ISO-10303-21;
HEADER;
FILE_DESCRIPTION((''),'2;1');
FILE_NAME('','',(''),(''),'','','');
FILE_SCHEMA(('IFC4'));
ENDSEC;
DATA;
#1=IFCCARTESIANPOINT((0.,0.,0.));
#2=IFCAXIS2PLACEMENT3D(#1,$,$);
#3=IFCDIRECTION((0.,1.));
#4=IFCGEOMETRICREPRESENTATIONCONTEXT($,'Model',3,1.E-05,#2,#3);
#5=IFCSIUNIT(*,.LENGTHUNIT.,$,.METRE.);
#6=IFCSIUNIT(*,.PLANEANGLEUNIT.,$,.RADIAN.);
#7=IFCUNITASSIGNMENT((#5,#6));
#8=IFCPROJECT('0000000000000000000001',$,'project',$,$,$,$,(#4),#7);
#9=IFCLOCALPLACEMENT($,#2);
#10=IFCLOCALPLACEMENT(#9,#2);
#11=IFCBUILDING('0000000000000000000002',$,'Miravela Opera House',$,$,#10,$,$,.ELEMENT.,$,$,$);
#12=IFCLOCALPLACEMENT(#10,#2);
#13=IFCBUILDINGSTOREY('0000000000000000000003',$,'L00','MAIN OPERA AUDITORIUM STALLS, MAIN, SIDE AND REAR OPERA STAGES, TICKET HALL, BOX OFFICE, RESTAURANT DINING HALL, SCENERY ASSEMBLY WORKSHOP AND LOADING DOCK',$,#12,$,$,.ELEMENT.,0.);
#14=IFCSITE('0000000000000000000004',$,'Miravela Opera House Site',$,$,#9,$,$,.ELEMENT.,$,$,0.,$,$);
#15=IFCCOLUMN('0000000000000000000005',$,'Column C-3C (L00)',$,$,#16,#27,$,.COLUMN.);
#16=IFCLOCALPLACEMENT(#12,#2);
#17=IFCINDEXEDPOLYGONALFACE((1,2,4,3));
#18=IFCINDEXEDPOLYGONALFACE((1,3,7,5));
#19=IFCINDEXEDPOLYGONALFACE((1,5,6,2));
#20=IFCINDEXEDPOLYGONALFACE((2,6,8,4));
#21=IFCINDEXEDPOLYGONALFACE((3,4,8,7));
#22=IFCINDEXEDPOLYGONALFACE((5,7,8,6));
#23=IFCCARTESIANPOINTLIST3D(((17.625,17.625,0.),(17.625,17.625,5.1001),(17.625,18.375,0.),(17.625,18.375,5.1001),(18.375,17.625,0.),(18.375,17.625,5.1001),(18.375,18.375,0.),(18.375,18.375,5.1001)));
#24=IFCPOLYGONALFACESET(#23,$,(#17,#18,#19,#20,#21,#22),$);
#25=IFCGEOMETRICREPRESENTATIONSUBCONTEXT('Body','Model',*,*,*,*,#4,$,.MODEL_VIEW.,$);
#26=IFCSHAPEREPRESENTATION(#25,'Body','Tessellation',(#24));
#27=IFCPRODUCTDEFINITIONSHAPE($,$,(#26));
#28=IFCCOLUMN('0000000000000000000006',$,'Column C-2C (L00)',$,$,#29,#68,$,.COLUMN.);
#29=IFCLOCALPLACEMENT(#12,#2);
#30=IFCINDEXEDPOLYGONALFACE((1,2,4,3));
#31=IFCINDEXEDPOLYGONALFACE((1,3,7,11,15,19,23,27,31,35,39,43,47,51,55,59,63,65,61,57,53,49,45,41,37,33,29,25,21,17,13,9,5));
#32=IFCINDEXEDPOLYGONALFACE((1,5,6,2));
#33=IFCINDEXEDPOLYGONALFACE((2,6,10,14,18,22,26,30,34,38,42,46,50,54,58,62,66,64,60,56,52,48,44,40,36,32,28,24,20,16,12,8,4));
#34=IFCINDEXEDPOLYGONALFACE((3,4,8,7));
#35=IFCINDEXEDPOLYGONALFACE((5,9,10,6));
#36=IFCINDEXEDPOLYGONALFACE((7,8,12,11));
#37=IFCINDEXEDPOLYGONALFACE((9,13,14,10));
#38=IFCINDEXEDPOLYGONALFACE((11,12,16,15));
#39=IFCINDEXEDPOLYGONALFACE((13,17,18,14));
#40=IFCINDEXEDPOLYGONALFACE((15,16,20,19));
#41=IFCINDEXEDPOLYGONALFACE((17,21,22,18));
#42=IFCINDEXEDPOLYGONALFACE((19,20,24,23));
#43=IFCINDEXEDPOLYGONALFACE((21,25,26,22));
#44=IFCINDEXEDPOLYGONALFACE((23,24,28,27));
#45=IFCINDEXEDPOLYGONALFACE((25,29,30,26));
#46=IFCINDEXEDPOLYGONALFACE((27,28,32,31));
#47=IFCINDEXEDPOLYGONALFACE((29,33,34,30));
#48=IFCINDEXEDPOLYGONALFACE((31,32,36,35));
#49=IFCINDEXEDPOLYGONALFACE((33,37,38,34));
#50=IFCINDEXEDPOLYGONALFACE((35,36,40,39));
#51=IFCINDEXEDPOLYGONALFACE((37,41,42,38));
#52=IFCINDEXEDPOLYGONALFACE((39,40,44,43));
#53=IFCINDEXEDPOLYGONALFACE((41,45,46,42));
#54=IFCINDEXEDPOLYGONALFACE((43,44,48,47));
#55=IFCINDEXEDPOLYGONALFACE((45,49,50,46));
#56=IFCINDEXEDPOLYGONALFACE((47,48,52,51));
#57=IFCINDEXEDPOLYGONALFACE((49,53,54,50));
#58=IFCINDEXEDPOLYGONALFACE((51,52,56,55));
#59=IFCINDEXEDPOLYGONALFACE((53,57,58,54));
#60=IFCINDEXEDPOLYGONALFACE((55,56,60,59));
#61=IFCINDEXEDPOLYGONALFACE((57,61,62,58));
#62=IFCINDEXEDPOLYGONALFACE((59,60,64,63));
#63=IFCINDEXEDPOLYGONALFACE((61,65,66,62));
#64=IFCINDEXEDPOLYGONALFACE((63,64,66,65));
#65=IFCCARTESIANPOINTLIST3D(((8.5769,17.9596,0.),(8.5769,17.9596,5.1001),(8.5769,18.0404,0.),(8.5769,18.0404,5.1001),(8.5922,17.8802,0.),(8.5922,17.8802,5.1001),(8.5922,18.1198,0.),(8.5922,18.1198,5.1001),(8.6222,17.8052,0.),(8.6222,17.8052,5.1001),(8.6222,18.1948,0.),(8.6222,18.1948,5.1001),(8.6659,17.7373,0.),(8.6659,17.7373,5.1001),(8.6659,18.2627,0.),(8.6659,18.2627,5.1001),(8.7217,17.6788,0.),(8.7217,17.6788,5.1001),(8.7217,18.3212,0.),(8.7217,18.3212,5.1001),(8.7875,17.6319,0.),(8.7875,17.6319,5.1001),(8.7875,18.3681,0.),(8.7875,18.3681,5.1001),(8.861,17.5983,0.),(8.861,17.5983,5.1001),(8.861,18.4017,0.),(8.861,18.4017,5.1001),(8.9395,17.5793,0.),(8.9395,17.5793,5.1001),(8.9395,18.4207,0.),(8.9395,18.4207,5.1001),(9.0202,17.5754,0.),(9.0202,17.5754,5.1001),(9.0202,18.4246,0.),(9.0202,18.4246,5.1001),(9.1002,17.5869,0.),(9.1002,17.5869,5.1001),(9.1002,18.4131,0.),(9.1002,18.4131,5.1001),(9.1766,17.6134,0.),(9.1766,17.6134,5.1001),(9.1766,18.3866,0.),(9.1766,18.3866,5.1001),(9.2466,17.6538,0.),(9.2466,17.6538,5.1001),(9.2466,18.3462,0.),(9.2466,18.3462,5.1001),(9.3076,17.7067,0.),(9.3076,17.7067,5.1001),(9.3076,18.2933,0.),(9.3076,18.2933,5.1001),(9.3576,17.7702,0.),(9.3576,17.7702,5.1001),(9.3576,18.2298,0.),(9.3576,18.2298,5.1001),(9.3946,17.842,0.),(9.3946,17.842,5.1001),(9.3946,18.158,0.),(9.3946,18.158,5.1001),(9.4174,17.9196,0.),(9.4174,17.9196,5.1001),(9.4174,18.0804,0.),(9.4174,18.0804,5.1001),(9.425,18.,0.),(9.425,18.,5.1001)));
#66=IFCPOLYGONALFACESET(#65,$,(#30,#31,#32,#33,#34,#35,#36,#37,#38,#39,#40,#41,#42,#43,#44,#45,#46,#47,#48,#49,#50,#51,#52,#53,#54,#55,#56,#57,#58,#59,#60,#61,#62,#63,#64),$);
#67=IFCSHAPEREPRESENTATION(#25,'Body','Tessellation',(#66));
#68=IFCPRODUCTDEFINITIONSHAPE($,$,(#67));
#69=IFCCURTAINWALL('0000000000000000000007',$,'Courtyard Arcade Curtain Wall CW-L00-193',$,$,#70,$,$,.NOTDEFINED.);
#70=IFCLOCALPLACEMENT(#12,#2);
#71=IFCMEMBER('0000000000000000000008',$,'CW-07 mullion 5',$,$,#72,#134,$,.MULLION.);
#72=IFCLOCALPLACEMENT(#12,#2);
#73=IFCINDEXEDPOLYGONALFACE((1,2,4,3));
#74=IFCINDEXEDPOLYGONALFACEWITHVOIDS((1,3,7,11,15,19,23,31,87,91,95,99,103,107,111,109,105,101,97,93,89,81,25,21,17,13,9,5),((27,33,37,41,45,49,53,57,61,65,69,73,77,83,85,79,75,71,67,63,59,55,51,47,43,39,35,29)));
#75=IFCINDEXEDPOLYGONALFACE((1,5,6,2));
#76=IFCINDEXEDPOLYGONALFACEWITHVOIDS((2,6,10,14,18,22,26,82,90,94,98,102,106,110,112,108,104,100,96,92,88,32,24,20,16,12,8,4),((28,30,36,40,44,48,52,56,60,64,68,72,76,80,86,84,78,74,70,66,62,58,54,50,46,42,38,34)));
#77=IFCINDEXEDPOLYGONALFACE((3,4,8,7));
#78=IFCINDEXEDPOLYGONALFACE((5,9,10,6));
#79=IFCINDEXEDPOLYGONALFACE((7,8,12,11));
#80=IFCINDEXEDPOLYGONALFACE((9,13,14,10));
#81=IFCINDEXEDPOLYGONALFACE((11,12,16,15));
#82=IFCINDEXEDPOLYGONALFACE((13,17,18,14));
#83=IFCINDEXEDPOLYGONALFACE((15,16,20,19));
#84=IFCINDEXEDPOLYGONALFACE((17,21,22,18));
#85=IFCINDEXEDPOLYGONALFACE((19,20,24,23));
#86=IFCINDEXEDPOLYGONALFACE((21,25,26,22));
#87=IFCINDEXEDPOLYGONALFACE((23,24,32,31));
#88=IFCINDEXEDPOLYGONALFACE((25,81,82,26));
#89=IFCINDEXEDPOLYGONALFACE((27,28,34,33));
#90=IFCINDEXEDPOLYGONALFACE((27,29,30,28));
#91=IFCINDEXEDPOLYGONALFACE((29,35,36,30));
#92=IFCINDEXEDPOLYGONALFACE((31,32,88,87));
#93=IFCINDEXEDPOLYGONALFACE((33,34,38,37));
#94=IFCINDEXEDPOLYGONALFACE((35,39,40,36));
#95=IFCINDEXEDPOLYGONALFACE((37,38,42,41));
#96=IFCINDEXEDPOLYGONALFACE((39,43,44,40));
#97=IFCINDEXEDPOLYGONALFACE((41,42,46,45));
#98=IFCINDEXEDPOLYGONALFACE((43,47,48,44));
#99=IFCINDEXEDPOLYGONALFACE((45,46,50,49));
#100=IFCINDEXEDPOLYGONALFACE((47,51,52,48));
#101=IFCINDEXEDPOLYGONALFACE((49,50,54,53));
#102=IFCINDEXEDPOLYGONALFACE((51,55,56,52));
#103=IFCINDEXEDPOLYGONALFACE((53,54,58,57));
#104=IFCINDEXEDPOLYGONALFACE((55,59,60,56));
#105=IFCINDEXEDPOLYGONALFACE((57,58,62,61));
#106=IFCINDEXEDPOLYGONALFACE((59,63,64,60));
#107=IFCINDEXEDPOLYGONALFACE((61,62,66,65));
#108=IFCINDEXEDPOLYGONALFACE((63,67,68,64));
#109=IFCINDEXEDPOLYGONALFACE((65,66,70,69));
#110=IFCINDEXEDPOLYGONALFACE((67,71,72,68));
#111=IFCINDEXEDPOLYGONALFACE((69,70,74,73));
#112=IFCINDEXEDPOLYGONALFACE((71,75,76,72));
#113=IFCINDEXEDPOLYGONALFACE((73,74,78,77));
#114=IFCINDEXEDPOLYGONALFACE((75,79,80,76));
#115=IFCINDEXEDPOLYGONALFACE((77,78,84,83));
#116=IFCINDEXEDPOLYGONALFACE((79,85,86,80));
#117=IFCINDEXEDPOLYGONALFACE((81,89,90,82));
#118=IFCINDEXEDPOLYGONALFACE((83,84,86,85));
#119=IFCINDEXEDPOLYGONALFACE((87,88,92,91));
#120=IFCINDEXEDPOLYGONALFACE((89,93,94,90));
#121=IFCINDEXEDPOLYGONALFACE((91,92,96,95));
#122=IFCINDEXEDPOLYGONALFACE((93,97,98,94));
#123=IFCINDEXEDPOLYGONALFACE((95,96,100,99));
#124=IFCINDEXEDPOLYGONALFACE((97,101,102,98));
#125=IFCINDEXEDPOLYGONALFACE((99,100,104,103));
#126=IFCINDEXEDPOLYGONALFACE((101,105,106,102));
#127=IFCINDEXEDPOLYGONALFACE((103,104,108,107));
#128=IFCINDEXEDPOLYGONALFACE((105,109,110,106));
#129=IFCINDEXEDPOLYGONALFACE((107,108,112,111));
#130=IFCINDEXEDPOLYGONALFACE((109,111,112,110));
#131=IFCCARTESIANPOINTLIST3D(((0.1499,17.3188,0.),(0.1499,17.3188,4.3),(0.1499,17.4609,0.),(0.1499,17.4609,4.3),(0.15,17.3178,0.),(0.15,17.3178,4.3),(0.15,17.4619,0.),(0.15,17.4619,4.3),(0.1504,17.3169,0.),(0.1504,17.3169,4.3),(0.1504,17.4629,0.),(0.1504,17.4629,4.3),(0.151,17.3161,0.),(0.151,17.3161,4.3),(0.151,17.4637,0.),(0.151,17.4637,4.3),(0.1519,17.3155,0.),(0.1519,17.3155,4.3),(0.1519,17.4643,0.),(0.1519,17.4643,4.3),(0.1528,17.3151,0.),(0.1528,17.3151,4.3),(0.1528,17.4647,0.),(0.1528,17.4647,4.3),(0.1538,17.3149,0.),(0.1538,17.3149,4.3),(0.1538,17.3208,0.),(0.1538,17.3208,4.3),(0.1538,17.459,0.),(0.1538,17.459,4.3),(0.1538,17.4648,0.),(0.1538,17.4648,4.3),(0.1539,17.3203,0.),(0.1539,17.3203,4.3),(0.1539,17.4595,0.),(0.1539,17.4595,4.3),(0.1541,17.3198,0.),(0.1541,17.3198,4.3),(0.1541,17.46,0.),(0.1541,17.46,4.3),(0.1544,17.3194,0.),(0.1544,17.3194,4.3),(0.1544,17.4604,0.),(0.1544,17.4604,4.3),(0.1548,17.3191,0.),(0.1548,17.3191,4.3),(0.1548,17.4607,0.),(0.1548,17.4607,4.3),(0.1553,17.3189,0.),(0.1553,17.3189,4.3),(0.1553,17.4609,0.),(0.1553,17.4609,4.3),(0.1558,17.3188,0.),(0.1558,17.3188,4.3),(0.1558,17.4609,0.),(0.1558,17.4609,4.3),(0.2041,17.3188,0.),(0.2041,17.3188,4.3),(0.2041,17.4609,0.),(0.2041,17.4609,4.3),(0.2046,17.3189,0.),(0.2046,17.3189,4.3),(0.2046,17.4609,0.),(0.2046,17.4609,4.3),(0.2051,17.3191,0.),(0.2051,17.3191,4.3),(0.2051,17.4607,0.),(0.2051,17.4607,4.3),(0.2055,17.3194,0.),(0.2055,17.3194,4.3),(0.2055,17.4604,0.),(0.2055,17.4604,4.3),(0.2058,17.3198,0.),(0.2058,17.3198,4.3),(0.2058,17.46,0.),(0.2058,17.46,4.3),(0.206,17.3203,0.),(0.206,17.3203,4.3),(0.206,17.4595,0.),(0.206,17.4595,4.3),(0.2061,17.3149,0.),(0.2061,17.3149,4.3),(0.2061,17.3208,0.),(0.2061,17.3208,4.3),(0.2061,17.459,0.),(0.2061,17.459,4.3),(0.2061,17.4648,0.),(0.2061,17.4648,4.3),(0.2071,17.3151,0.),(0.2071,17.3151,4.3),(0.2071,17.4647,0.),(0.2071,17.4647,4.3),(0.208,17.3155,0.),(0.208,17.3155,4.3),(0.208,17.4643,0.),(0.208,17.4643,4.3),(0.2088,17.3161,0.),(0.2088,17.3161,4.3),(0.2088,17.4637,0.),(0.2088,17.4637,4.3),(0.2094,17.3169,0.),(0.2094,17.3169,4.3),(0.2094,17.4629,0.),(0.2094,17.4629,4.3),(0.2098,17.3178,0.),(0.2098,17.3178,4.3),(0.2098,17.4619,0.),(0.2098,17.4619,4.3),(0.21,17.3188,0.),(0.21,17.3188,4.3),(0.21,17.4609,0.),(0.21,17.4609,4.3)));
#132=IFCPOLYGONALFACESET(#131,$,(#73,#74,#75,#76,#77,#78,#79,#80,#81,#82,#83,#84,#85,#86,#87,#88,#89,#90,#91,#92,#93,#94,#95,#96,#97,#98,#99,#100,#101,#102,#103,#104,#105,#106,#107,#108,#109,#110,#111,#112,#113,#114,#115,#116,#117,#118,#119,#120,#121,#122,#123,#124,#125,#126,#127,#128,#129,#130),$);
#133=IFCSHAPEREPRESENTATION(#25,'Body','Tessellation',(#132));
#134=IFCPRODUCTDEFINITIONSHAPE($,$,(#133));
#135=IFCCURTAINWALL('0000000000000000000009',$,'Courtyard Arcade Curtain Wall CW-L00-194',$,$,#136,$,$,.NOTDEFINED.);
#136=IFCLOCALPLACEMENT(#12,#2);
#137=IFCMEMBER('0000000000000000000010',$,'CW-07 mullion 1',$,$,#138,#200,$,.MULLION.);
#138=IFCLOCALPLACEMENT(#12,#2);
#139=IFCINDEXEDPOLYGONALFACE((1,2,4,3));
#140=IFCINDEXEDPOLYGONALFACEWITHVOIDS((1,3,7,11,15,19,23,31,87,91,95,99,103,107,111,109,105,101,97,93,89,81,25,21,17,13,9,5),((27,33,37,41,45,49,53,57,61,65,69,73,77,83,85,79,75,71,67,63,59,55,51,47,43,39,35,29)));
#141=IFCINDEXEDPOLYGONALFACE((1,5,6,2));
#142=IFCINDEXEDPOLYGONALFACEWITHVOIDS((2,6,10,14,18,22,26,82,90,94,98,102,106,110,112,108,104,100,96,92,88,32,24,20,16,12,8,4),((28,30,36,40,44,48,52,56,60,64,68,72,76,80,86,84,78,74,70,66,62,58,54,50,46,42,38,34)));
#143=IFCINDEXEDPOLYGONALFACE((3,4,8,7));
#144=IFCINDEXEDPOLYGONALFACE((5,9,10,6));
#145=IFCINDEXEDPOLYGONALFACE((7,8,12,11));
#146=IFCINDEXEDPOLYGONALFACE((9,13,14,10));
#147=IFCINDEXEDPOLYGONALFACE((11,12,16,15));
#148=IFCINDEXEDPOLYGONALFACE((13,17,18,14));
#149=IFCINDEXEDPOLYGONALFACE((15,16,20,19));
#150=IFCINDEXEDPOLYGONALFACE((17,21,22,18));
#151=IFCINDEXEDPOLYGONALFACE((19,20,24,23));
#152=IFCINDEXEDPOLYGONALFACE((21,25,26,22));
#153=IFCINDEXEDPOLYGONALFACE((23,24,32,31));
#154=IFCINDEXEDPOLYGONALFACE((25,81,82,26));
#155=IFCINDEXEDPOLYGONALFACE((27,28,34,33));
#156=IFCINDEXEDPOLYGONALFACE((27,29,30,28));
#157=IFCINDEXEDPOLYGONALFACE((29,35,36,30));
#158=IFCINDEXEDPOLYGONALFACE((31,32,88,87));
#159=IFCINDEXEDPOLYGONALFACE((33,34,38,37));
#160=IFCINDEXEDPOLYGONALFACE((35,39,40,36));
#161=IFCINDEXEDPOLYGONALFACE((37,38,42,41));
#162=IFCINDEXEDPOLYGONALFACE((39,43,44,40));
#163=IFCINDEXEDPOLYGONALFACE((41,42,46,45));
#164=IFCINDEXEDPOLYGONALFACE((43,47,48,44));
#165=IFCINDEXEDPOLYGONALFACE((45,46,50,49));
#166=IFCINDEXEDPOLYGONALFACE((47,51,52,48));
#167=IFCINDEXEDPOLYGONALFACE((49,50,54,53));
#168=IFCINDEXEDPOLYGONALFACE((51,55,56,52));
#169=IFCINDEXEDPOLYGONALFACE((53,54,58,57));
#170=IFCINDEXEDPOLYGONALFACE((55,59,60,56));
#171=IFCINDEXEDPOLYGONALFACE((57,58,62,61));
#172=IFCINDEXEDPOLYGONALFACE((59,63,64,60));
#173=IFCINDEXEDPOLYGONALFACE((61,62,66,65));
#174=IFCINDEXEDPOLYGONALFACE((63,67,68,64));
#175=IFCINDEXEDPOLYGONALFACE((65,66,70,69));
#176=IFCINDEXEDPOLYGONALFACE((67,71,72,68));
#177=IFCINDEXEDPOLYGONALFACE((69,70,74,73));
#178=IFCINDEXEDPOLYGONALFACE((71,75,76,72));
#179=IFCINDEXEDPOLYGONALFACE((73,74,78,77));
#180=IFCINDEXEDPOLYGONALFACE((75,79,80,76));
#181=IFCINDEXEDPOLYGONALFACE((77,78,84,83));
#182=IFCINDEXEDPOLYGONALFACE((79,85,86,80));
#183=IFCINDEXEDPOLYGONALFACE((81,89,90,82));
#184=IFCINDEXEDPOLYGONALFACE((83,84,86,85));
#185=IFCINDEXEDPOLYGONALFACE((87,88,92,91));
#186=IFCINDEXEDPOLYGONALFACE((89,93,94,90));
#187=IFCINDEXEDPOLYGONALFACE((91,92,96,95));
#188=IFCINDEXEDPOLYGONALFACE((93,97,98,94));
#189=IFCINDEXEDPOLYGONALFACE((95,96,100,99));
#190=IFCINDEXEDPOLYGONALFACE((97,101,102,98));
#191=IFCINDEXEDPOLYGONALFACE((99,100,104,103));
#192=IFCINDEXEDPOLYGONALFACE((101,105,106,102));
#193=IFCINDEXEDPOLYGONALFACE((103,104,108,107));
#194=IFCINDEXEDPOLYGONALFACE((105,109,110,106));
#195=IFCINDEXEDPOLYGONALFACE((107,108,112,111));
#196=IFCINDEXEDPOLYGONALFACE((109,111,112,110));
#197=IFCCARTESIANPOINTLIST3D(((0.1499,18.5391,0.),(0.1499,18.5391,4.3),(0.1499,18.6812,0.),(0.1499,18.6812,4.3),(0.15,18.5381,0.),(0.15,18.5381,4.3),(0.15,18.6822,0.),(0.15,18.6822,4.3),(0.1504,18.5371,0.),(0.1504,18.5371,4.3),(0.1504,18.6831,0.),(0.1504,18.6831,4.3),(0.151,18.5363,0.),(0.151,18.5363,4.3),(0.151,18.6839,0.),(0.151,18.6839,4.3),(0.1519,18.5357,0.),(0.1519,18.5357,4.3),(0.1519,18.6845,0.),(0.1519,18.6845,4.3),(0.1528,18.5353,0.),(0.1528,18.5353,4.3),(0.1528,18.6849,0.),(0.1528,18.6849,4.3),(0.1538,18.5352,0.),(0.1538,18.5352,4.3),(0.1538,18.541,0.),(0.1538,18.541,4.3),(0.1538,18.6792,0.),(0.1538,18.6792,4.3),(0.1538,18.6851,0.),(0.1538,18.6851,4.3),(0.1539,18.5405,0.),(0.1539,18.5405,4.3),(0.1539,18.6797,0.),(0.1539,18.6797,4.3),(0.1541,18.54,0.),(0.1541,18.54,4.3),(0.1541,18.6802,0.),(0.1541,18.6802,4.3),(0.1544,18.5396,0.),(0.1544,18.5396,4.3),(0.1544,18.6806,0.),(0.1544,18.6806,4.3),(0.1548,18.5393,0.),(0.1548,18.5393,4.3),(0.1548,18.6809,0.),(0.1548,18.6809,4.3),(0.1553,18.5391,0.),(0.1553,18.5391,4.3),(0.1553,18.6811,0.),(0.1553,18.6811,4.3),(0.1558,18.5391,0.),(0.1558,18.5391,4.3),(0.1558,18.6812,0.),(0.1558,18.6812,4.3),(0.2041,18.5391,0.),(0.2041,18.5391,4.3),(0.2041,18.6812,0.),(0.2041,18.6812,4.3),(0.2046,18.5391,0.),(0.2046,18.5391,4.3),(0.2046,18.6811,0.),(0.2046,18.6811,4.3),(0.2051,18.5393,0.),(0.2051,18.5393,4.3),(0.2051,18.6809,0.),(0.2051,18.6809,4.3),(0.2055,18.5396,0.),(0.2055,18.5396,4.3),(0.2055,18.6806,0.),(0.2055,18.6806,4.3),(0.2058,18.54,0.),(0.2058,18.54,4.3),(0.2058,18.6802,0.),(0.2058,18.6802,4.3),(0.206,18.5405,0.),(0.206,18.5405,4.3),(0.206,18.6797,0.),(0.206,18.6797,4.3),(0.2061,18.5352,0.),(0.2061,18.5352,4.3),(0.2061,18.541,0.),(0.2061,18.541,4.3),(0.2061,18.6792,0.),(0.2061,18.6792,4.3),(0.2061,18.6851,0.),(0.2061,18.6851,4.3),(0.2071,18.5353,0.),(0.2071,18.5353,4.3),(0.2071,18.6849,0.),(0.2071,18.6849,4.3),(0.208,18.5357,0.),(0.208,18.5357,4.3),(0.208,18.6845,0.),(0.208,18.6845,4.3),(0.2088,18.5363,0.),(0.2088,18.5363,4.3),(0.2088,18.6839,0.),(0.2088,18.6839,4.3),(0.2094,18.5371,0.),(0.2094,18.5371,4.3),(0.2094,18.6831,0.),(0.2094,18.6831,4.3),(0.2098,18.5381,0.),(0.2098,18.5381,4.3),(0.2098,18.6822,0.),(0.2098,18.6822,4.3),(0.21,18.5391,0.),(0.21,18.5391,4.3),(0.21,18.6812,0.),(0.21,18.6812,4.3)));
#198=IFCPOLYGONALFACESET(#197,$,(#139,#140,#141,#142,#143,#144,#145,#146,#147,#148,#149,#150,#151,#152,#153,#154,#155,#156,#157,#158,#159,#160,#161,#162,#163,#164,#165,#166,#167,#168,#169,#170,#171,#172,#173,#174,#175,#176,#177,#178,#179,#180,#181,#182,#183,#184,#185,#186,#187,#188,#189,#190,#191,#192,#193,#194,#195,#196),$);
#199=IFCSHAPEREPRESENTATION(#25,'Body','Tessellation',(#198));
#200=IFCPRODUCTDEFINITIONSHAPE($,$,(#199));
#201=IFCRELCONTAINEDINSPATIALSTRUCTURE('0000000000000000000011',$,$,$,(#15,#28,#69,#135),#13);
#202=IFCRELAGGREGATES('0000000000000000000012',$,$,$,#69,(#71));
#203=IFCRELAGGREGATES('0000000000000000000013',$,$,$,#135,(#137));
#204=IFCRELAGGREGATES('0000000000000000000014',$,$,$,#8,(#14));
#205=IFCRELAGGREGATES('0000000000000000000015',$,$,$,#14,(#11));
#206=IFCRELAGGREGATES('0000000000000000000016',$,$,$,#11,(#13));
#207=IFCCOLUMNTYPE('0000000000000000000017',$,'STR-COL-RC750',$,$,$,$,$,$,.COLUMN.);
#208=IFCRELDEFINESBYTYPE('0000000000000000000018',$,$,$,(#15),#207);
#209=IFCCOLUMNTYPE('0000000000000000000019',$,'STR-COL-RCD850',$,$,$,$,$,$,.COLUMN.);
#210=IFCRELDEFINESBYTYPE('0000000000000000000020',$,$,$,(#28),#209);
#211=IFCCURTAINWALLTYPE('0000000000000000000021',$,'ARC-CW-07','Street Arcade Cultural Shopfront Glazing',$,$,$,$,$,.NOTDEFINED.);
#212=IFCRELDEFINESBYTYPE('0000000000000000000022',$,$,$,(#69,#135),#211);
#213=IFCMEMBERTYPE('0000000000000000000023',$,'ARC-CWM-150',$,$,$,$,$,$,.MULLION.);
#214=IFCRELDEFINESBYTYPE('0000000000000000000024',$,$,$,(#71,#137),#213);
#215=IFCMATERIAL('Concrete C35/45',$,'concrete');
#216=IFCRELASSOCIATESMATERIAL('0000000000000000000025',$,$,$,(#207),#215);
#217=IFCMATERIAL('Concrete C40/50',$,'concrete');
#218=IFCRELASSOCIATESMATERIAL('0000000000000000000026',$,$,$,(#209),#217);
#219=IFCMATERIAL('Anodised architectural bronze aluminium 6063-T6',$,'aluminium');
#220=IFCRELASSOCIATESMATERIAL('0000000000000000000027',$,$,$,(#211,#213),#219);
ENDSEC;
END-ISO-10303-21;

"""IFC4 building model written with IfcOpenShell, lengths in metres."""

from ifc_helpers import new_model, si_unit, direction, frame, origin, origin_2d, place, context, subcontext, project, spatial, rectangle, hollow_rectangle, circle, extrude, material, material_profile, profile_set, type_object, element, aggregate, save


model = new_model("IFC4")

# Units and contexts
model_context = context("Model", 3, precision=1e-05, world=origin(), true_north=direction((0.0, 1.0)))
body_context = subcontext(model_context, "Body", "Model", "MODEL_VIEW")
ifc_project = project(units=[si_unit("LENGTHUNIT", "METRE"), si_unit("PLANEANGLEUNIT", "RADIAN")], contexts=[model_context])

# Site, building, storey
site_placement = place(None, origin())
site = spatial("IfcSite", under=ifc_project, at=site_placement, Name="Miravela Opera House Site", CompositionType="ELEMENT", RefElevation=0.0)
building_placement = place(site_placement, origin())
building = spatial("IfcBuilding", under=site, at=building_placement, Name="Miravela Opera House", CompositionType="ELEMENT")
storey_placement = place(building_placement, origin())
storey = spatial("IfcBuildingStorey", under=building, at=storey_placement, Name="L00", Description="MAIN OPERA AUDITORIUM STALLS, MAIN, SIDE AND REAR OPERA STAGES, TICKET HALL, BOX OFFICE, RESTAURANT DINING HALL, SCENERY ASSEMBLY WORKSHOP AND LOADING DOCK", CompositionType="ELEMENT", Elevation=0.0)

# Columns
ifc_material_1 = material(Name="Concrete C35/45", Category="concrete")
ifc_material_profile_1 = material_profile(ifc_material_1, rectangle(XDim=0.75, YDim=0.75, at=origin_2d()), Name="RC-COL-750X750")
ifc_profile_set_1 = profile_set([ifc_material_profile_1])
column_type_1 = type_object("IfcColumnType", Name="STR-COL-RC750", PredefinedType="COLUMN", material=ifc_profile_set_1)
column_1_placement = place(storey_placement, frame((18.0, 18.0, 0.0), z_axis=(0.0, 0.0, 1.0), x_axis=(1.0, 0.0, 0.0)))
element("IfcColumn", 1, at=column_1_placement, inside=storey, type_object=column_type_1, Name="Column C-3C (L00)", PredefinedType="COLUMN", context=body_context, shape_type="SweptSolid", body=[
    extrude(rectangle(XDim=0.75, YDim=0.75, at=origin_2d()), origin(), (0.0, 0.0, 1.0), 5.1001),
])
ifc_material_2 = material(Name="Concrete C40/50", Category="concrete")
ifc_material_profile_2 = material_profile(ifc_material_2, circle(Radius=0.425, at=origin_2d()), Name="RC-COL-D850")
ifc_profile_set_2 = profile_set([ifc_material_profile_2])
column_type_2 = type_object("IfcColumnType", Name="STR-COL-RCD850", PredefinedType="COLUMN", material=ifc_profile_set_2)
column_2_placement = place(storey_placement, frame((9.0, 18.0, 0.0), z_axis=(0.0, 0.0, 1.0), x_axis=(1.0, 0.0, 0.0)))
element("IfcColumn", 2, at=column_2_placement, inside=storey, type_object=column_type_2, Name="Column C-2C (L00)", PredefinedType="COLUMN", context=body_context, shape_type="SweptSolid", body=[
    extrude(circle(Radius=0.425, at=origin_2d()), origin(), (0.0, 0.0, 1.0), 5.1001),
])

# Curtain wall, member
ifc_material_3 = material(Name="Anodised architectural bronze aluminium 6063-T6", Category="aluminium")
curtain_wall_type = type_object("IfcCurtainWallType", Name="ARC-CW-07", Description="Street Arcade Cultural Shopfront Glazing", PredefinedType="NOTDEFINED", material=ifc_material_3)
curtain_wall_1_placement = place(storey_placement, origin())
curtain_wall_1 = element("IfcCurtainWall", 3, at=curtain_wall_1_placement, inside=storey, type_object=curtain_wall_type, Name="Courtyard Arcade Curtain Wall CW-L00-193", PredefinedType="NOTDEFINED")
ifc_material_profile_3 = material_profile(ifc_material_3, hollow_rectangle(XDim=0.0601, YDim=0.1499, WallThickness=0.0039, InnerFilletRadius=0.002, OuterFilletRadius=0.0039, at=origin_2d()), Name="CWM-60X150")
ifc_profile_set_3 = profile_set([ifc_material_profile_3])
member_type_1 = type_object("IfcMemberType", Name="ARC-CWM-150", PredefinedType="MULLION", material=ifc_profile_set_3)
member_1_placement = place(storey_placement, frame((0.1799, 17.3899, 0.0), z_axis=(0.0, 0.0, 1.0), x_axis=(-1.0, 0.0, 0.0)))
member_1 = element("IfcMember", 4, at=member_1_placement, type_object=member_type_1, Name="CW-07 mullion 5", PredefinedType="MULLION", context=body_context, shape_type="SweptSolid", body=[
    extrude(hollow_rectangle(XDim=0.0601, YDim=0.1499, WallThickness=0.0039, InnerFilletRadius=0.002, OuterFilletRadius=0.0039, at=origin_2d()), origin(), (0.0, 0.0, 1.0), 4.3),
])
aggregate(curtain_wall_1, [member_1])

# Curtain wall, member
curtain_wall_2_placement = place(storey_placement, origin())
curtain_wall_2 = element("IfcCurtainWall", 5, at=curtain_wall_2_placement, inside=storey, type_object=curtain_wall_type, Name="Courtyard Arcade Curtain Wall CW-L00-194", PredefinedType="NOTDEFINED")
member_2_placement = place(storey_placement, frame((0.1799, 18.6101, 0.0), z_axis=(0.0, 0.0, 1.0), x_axis=(-1.0, 0.0, 0.0)))
member_2 = element("IfcMember", 6, at=member_2_placement, type_object=member_type_1, Name="CW-07 mullion 1", PredefinedType="MULLION", context=body_context, shape_type="SweptSolid", body=[
    extrude(hollow_rectangle(XDim=0.0601, YDim=0.1499, WallThickness=0.0039, InnerFilletRadius=0.002, OuterFilletRadius=0.0039, at=origin_2d()), origin(), (0.0, 0.0, 1.0), 4.3),
])

aggregate(curtain_wall_2, [member_2])

save(model, "model.ifc")
